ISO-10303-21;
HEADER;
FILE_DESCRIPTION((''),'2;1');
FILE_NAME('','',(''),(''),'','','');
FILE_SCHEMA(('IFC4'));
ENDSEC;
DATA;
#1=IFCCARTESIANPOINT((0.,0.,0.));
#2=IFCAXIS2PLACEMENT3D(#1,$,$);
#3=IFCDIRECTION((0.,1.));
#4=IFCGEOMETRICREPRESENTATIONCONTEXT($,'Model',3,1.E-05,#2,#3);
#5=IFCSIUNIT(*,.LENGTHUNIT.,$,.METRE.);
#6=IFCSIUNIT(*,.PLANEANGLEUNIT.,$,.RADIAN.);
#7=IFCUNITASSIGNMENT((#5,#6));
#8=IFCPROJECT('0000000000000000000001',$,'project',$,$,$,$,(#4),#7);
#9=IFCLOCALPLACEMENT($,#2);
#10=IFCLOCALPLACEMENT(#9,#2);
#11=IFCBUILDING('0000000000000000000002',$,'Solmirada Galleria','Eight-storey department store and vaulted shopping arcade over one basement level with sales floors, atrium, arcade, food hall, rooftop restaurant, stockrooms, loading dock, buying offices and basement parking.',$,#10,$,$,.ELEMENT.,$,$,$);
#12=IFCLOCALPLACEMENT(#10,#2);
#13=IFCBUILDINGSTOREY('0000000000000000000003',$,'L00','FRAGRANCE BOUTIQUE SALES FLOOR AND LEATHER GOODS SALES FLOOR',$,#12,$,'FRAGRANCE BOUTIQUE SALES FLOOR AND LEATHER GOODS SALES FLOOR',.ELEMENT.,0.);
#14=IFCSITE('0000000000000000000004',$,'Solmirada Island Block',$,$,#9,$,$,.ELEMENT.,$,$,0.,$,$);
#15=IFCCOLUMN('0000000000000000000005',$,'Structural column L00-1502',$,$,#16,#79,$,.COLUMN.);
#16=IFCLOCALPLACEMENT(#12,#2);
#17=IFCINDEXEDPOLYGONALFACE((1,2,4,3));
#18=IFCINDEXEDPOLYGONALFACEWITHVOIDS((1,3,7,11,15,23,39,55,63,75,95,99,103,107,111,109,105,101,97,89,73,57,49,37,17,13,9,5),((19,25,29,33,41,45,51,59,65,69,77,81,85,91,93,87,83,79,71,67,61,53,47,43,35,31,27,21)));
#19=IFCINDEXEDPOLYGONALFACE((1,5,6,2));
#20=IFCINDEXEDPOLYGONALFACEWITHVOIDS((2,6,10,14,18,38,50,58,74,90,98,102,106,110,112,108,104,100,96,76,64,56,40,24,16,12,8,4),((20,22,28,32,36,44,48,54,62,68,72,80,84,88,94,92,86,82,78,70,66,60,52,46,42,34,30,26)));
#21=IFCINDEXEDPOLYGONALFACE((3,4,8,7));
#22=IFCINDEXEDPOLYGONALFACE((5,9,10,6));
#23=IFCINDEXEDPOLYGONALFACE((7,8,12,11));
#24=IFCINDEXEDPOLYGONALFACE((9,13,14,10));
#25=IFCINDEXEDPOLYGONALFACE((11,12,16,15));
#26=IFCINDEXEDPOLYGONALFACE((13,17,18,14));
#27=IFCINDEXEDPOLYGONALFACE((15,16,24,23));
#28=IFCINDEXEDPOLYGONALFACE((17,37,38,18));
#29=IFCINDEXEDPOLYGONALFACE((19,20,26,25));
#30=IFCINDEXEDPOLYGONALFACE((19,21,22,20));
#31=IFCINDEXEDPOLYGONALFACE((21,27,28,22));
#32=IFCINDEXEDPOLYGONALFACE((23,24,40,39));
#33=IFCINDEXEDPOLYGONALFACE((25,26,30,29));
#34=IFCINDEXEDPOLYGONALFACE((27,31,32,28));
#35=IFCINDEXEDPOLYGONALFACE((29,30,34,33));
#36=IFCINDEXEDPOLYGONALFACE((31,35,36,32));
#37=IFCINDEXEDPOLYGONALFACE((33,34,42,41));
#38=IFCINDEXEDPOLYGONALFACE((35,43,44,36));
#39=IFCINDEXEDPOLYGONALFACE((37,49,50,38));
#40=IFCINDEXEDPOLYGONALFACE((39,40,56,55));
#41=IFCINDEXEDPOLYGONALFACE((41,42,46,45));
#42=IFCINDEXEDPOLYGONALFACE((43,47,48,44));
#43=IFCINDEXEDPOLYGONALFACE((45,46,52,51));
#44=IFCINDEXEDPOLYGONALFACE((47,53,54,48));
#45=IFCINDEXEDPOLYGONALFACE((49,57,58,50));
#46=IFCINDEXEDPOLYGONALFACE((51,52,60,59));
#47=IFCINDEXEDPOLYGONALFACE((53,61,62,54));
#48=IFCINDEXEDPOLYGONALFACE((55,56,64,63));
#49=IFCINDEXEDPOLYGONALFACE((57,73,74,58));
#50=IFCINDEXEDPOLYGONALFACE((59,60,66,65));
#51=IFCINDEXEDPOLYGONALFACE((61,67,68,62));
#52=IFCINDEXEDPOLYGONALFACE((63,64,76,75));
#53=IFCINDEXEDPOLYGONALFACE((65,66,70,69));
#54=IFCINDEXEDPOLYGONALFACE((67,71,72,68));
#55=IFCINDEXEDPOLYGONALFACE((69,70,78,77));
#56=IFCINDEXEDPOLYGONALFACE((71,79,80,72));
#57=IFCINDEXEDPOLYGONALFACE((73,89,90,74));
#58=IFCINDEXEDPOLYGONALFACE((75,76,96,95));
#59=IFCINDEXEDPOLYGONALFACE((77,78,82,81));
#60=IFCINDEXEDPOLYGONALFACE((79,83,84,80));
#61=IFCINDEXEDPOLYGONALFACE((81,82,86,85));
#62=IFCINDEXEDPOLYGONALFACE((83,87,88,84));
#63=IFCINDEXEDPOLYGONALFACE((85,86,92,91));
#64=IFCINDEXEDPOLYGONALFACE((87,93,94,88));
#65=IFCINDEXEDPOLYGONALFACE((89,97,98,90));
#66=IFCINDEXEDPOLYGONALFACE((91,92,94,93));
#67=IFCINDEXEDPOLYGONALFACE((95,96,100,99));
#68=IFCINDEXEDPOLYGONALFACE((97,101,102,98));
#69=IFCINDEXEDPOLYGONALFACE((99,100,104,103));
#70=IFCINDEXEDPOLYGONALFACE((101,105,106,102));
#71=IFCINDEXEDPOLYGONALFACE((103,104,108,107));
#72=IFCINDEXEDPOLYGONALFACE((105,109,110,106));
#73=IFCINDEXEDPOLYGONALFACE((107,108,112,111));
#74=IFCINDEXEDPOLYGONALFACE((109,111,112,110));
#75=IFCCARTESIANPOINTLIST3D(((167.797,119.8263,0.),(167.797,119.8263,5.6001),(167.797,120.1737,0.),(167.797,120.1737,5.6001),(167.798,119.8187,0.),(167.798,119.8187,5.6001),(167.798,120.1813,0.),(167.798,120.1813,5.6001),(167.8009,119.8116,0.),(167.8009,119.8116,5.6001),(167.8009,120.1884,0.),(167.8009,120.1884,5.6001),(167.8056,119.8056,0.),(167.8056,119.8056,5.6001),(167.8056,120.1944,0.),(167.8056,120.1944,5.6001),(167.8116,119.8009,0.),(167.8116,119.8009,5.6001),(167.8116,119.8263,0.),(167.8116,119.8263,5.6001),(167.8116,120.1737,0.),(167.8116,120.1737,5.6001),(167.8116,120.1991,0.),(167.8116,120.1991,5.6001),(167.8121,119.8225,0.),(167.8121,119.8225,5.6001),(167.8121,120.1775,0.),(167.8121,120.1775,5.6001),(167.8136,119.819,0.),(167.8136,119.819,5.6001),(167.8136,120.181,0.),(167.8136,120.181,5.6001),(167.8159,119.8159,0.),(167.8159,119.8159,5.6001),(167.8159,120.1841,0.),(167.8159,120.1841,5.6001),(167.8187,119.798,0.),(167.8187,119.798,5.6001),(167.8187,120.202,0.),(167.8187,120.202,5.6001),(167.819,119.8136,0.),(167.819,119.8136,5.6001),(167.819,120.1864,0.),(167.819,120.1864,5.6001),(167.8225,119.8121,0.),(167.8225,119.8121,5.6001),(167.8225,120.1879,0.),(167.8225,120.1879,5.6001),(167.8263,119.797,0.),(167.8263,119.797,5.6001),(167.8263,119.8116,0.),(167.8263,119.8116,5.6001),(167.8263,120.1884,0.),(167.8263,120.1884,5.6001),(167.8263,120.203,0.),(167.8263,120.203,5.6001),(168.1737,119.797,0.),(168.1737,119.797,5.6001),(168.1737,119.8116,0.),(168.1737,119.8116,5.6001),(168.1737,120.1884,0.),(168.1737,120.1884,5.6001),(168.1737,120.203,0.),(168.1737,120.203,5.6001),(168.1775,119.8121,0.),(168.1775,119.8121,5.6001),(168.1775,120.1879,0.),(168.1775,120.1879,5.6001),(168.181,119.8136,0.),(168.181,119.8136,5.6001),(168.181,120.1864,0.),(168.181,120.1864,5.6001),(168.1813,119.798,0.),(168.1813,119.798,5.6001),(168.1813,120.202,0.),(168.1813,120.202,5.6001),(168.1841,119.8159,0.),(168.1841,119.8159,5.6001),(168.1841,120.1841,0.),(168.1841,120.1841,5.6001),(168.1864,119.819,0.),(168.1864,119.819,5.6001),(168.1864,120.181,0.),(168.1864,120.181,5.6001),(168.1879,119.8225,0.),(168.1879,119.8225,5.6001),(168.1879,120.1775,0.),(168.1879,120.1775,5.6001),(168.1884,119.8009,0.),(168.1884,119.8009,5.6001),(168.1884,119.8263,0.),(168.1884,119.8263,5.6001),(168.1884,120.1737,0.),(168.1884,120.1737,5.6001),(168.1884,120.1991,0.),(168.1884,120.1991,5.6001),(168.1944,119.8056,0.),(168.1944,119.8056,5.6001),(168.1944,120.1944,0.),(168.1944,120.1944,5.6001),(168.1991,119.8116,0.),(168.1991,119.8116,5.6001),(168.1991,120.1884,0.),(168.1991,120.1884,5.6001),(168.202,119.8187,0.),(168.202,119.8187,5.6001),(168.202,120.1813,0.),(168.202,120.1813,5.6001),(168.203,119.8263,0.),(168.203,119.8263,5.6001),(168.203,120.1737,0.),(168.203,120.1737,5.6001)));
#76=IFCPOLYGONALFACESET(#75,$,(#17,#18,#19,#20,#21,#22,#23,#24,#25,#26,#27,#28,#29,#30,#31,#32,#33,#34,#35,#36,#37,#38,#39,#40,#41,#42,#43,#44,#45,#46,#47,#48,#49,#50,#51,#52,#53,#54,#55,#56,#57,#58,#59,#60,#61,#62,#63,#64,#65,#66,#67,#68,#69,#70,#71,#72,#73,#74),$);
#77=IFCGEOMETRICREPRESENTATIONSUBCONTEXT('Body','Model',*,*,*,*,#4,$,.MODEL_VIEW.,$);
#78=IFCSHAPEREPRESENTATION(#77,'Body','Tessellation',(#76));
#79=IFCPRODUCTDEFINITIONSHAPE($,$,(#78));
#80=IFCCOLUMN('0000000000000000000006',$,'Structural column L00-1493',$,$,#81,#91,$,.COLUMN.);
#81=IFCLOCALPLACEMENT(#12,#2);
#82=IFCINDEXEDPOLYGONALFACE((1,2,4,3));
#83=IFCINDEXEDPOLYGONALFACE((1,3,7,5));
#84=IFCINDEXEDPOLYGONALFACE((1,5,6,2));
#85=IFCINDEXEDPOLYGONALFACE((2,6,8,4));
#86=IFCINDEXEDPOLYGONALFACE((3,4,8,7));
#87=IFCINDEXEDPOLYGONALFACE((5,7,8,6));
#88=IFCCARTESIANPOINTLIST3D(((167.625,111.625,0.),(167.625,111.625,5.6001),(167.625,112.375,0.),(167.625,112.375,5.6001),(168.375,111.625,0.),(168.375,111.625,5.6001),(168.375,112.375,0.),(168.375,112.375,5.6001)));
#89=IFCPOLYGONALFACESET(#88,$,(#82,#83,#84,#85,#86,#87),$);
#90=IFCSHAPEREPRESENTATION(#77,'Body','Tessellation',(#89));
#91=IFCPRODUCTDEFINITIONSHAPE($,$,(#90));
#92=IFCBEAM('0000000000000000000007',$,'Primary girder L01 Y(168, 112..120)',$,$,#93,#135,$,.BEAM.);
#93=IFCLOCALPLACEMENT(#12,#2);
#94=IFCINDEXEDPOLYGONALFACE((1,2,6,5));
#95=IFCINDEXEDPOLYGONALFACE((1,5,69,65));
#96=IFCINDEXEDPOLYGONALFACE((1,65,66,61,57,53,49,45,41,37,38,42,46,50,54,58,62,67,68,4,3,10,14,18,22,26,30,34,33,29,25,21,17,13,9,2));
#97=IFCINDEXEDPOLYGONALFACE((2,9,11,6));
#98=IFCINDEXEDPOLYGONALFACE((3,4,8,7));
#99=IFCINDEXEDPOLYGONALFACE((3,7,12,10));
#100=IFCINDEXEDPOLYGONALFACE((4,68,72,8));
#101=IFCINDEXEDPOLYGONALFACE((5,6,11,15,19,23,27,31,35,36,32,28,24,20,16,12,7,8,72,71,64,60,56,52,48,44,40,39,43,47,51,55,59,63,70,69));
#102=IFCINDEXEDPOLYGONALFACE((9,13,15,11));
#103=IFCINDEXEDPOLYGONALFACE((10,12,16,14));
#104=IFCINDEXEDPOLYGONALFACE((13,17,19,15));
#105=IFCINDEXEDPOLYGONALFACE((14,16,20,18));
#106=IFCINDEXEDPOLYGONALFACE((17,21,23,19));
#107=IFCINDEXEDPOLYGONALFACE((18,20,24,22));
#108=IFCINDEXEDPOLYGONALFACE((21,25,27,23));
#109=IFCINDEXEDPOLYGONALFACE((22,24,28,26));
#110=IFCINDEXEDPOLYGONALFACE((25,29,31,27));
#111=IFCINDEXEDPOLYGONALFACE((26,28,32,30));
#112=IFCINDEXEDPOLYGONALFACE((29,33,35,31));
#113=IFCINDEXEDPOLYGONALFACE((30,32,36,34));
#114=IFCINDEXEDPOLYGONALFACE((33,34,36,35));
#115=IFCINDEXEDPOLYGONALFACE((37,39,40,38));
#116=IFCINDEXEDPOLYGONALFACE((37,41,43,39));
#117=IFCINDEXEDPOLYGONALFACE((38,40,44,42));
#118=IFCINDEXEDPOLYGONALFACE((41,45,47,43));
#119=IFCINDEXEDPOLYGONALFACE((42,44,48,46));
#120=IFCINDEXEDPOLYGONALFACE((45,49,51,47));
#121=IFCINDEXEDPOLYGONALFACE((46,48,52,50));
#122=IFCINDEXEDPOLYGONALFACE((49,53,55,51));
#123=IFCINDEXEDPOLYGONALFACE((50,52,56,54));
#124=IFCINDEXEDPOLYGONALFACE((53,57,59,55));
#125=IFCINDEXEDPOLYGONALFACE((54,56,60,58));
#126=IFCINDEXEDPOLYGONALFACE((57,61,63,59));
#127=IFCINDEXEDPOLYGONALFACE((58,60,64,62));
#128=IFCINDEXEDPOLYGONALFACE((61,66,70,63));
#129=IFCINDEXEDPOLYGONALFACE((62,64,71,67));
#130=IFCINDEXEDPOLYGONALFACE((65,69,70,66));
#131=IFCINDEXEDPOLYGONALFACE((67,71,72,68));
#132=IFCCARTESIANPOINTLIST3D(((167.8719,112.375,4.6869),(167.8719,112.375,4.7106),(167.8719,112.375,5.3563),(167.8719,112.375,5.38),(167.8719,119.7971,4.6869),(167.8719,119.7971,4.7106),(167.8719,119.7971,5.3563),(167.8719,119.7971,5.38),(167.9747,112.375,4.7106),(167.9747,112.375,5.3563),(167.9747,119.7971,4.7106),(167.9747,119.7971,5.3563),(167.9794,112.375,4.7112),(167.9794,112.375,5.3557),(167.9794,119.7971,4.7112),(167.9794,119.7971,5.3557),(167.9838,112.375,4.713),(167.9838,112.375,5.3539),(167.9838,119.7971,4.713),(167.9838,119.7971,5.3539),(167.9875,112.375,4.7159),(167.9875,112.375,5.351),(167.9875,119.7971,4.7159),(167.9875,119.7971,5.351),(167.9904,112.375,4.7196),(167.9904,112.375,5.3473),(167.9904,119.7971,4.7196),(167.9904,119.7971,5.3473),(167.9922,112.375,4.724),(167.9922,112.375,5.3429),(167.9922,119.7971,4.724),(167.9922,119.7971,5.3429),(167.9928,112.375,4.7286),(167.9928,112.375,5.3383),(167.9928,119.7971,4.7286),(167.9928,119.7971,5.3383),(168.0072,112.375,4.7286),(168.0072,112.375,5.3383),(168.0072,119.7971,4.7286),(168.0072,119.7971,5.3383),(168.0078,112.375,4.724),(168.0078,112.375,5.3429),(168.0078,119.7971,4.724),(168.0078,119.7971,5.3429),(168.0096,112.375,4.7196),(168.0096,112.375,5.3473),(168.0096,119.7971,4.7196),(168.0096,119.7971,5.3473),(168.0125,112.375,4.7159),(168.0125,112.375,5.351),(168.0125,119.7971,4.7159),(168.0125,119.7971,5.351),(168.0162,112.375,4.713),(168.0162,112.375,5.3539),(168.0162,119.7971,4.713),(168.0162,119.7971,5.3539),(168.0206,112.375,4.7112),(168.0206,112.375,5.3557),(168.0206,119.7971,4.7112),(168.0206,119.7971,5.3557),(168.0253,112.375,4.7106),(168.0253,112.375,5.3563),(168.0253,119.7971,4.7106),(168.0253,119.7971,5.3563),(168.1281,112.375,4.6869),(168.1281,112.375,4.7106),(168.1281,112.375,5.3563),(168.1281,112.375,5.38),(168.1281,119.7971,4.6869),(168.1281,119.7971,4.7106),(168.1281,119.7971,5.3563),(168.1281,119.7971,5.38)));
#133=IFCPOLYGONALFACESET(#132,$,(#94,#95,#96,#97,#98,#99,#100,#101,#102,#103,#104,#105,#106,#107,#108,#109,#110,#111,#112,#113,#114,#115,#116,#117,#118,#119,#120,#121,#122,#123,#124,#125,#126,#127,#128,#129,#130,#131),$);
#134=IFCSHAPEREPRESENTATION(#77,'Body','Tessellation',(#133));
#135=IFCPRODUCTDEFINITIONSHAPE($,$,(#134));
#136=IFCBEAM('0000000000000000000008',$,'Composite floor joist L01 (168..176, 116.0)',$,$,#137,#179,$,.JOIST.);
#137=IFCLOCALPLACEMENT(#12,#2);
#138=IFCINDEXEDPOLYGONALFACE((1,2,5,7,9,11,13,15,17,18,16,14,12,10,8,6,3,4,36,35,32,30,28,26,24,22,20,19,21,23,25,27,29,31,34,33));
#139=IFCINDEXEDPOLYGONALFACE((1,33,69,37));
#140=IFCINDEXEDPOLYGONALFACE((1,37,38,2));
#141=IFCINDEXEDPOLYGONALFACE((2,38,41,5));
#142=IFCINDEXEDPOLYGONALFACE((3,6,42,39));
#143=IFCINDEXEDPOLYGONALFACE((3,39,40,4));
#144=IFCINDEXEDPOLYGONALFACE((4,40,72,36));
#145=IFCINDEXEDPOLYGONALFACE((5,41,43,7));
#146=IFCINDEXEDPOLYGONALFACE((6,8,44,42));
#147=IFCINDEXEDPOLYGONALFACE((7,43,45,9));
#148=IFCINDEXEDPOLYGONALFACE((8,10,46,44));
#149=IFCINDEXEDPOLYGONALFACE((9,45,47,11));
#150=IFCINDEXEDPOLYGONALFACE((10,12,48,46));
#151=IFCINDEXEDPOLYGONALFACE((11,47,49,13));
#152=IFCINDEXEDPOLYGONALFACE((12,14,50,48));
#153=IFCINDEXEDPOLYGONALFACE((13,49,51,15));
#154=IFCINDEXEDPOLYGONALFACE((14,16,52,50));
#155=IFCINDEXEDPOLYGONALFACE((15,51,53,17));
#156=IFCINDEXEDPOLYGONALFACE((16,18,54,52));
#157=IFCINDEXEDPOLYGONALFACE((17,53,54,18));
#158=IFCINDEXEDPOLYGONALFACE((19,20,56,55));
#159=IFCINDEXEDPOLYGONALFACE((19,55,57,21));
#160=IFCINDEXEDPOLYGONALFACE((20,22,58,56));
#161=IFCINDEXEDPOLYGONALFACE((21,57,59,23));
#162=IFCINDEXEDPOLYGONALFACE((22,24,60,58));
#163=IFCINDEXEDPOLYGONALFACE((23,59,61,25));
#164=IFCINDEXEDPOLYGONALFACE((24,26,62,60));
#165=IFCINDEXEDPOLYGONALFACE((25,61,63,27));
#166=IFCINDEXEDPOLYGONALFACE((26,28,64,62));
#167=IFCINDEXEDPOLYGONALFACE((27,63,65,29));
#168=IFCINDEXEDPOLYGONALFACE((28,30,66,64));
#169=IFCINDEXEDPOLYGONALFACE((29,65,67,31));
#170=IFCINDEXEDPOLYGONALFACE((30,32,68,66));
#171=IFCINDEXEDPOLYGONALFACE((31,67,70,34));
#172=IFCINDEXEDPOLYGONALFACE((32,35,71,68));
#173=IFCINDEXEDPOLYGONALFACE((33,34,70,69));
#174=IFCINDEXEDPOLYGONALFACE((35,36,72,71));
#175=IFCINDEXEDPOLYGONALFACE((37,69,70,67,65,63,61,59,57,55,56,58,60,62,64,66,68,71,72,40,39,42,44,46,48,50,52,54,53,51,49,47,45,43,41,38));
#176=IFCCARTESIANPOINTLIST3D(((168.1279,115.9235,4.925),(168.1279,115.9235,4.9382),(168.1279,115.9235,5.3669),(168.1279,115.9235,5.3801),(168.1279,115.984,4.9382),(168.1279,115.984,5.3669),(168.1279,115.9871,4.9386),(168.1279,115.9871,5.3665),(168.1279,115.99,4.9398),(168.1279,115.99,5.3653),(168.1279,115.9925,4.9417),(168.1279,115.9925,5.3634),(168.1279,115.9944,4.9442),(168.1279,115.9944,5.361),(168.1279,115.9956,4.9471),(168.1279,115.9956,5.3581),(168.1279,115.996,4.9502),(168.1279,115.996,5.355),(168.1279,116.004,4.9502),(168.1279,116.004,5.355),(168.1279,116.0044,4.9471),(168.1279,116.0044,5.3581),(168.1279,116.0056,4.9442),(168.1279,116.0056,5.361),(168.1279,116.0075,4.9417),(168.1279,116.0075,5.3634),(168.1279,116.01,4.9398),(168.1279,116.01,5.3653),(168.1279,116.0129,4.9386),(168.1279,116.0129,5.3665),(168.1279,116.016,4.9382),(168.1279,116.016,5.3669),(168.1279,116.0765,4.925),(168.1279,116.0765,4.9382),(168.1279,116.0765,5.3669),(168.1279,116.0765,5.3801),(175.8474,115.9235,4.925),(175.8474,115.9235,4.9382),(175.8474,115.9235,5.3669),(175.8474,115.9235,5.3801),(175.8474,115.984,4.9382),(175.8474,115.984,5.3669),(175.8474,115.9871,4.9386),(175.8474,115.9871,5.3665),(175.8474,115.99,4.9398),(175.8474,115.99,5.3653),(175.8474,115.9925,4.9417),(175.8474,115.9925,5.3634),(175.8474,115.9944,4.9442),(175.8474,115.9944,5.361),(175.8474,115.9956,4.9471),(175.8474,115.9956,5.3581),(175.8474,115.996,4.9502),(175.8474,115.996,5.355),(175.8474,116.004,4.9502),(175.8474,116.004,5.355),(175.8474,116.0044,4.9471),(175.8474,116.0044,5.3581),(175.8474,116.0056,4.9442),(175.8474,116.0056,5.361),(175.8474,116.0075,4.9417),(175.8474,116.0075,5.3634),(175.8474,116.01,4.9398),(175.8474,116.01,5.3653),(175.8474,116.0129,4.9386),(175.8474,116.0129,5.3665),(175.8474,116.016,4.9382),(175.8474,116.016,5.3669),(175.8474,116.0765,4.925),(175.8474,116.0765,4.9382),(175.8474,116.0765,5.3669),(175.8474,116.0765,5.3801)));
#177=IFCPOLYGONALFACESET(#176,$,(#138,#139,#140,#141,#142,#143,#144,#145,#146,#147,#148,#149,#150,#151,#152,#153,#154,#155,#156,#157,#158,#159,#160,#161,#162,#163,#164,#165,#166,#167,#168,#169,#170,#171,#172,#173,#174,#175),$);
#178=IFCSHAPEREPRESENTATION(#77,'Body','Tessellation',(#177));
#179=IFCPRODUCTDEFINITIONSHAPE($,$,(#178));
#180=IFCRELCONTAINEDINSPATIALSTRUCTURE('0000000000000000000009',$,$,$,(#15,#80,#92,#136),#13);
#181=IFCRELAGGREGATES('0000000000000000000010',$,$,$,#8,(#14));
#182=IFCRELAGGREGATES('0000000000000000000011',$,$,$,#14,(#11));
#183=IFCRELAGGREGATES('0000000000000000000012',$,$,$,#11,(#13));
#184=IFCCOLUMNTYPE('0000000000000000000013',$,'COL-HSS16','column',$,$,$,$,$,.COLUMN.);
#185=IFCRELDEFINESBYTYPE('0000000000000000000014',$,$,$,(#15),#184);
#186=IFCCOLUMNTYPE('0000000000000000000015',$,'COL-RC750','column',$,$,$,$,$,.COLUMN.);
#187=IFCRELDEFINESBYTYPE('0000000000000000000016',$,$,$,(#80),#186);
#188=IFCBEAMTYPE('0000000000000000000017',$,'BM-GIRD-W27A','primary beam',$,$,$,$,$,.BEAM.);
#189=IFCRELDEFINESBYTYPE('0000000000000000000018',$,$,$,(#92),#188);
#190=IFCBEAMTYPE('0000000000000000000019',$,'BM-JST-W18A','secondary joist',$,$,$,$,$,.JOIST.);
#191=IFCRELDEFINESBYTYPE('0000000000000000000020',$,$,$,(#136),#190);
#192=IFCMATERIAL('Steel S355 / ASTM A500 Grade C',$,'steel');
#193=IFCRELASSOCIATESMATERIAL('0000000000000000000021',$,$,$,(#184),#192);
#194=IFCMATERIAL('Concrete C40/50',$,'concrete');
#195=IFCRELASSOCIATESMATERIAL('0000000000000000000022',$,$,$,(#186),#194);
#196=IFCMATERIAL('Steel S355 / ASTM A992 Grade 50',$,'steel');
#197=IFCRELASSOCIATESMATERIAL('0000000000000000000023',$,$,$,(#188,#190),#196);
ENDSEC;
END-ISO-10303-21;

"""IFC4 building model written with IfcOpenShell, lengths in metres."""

from ifc_helpers import new_model, si_unit, direction, frame, origin, origin_2d, place, context, subcontext, project, spatial, rectangle, hollow_rectangle, i_section, extrude, material, material_profile, profile_set, type_object, element, save


model = new_model("IFC4")

# Units and contexts
model_context = context("Model", 3, precision=1e-05, world=origin(), true_north=direction((0.0, 1.0)))
body_context = subcontext(model_context, "Body", "Model", "MODEL_VIEW")
ifc_project = project(units=[si_unit("LENGTHUNIT", "METRE"), si_unit("PLANEANGLEUNIT", "RADIAN")], contexts=[model_context])

# Site, building, storey
site_placement = place(None, origin())
site = spatial("IfcSite", under=ifc_project, at=site_placement, Name="Solmirada Island Block", CompositionType="ELEMENT", RefElevation=0.0)
building_placement = place(site_placement, origin())
building = spatial("IfcBuilding", under=site, at=building_placement, Name="Solmirada Galleria", Description="Eight-storey department store and vaulted shopping arcade over one basement level with sales floors, atrium, arcade, food hall, rooftop restaurant, stockrooms, loading dock, buying offices and basement parking.", CompositionType="ELEMENT")
storey_placement = place(building_placement, origin())
storey = spatial("IfcBuildingStorey", under=building, at=storey_placement, Name="L00", Description="FRAGRANCE BOUTIQUE SALES FLOOR AND LEATHER GOODS SALES FLOOR", LongName="FRAGRANCE BOUTIQUE SALES FLOOR AND LEATHER GOODS SALES FLOOR", CompositionType="ELEMENT", Elevation=0.0)

# Columns
ifc_material_1 = material(Name="Steel S355 / ASTM A500 Grade C", Category="steel")
ifc_material_profile_1 = material_profile(ifc_material_1, hollow_rectangle(XDim=0.406, YDim=0.406, WallThickness=0.0146, InnerFilletRadius=0.0146, OuterFilletRadius=0.0293, at=origin_2d()), Name="HSS16X16X5/8")
ifc_profile_set_1 = profile_set([ifc_material_profile_1], Name="Steel S355 / ASTM A500 Grade C")
column_type_1 = type_object("IfcColumnType", Name="COL-HSS16", Description="column", PredefinedType="COLUMN", material=ifc_profile_set_1)
column_1_placement = place(storey_placement, frame((168.0, 120.0, 0.0), z_axis=(0.0, 0.0, 1.0), x_axis=(1.0, 0.0, 0.0)))
element("IfcColumn", 1, at=column_1_placement, inside=storey, type_object=column_type_1, Name="Structural column L00-1502", PredefinedType="COLUMN", context=body_context, shape_type="SweptSolid", body=[
    extrude(hollow_rectangle(XDim=0.406, YDim=0.406, WallThickness=0.0146, InnerFilletRadius=0.0146, OuterFilletRadius=0.0293, at=origin_2d()), origin(), (0.0, 0.0, 1.0), 5.6001),
])
ifc_material_2 = material(Name="Concrete C40/50", Category="concrete")
ifc_material_profile_2 = material_profile(ifc_material_2, rectangle(XDim=0.75, YDim=0.75, at=origin_2d()), Name="RC750X750")
ifc_profile_set_2 = profile_set([ifc_material_profile_2], Name="Concrete C40/50")
column_type_2 = type_object("IfcColumnType", Name="COL-RC750", Description="column", PredefinedType="COLUMN", material=ifc_profile_set_2)
column_2_placement = place(storey_placement, frame((168.0, 112.0, 0.0), z_axis=(0.0, 0.0, 1.0), x_axis=(1.0, 0.0, 0.0)))
element("IfcColumn", 2, at=column_2_placement, inside=storey, type_object=column_type_2, Name="Structural column L00-1493", PredefinedType="COLUMN", context=body_context, shape_type="SweptSolid", body=[
    extrude(rectangle(XDim=0.75, YDim=0.75, at=origin_2d()), origin(), (0.0, 0.0, 1.0), 5.6001),
])

# Beams
ifc_material_3 = material(Name="Steel S355 / ASTM A992 Grade 50", Category="steel")
ifc_material_profile_3 = material_profile(ifc_material_3, i_section(OverallWidth=0.2561, OverallDepth=0.6931, WebThickness=0.0144, FlangeThickness=0.0237, FilletRadius=0.0181, at=origin_2d()), Name="W27X114")
ifc_profile_set_3 = profile_set([ifc_material_profile_3], Name="Steel S355 / ASTM A992 Grade 50")
beam_type_1 = type_object("IfcBeamType", Name="BM-GIRD-W27A", Description="primary beam", PredefinedType="BEAM", material=ifc_profile_set_3)
beam_1_placement = place(storey_placement, frame((168.0, 112.375, 5.0334), z_axis=(0.0, 1.0, 0.0), x_axis=(-1.0, 0.0, 0.0)))
element("IfcBeam", 3, at=beam_1_placement, inside=storey, type_object=beam_type_1, Name="Primary girder L01 Y(168, 112..120)", PredefinedType="BEAM", context=body_context, shape_type="SweptSolid", body=[
    extrude(i_section(OverallWidth=0.2561, OverallDepth=0.6931, WebThickness=0.0144, FlangeThickness=0.0237, FilletRadius=0.0181, at=origin_2d()), origin(), (0.0, 0.0, 1.0), 7.4221),
])
ifc_material_profile_4 = material_profile(ifc_material_3, i_section(OverallWidth=0.1531, OverallDepth=0.4551, WebThickness=0.0081, FlangeThickness=0.0132, FilletRadius=0.012, at=origin_2d()), Name="W18X40")
ifc_profile_set_4 = profile_set([ifc_material_profile_4], Name="Steel S355 / ASTM A992 Grade 50")
beam_type_2 = type_object("IfcBeamType", Name="BM-JST-W18A", Description="secondary joist", PredefinedType="JOIST", material=ifc_profile_set_4)
beam_2_placement = place(storey_placement, frame((168.1279, 116.0, 5.1526), z_axis=(1.0, 0.0, 0.0), x_axis=(0.0, 1.0, 0.0)))
element("IfcBeam", 4, at=beam_2_placement, inside=storey, type_object=beam_type_2, Name="Composite floor joist L01 (168..176, 116.0)", PredefinedType="JOIST", context=body_context, shape_type="SweptSolid", body=[
    extrude(i_section(OverallWidth=0.1531, OverallDepth=0.4551, WebThickness=0.0081, FlangeThickness=0.0132, FilletRadius=0.012, at=origin_2d()), origin(), (0.0, 0.0, 1.0), 7.7195),
])

save(model, "model.ifc")
